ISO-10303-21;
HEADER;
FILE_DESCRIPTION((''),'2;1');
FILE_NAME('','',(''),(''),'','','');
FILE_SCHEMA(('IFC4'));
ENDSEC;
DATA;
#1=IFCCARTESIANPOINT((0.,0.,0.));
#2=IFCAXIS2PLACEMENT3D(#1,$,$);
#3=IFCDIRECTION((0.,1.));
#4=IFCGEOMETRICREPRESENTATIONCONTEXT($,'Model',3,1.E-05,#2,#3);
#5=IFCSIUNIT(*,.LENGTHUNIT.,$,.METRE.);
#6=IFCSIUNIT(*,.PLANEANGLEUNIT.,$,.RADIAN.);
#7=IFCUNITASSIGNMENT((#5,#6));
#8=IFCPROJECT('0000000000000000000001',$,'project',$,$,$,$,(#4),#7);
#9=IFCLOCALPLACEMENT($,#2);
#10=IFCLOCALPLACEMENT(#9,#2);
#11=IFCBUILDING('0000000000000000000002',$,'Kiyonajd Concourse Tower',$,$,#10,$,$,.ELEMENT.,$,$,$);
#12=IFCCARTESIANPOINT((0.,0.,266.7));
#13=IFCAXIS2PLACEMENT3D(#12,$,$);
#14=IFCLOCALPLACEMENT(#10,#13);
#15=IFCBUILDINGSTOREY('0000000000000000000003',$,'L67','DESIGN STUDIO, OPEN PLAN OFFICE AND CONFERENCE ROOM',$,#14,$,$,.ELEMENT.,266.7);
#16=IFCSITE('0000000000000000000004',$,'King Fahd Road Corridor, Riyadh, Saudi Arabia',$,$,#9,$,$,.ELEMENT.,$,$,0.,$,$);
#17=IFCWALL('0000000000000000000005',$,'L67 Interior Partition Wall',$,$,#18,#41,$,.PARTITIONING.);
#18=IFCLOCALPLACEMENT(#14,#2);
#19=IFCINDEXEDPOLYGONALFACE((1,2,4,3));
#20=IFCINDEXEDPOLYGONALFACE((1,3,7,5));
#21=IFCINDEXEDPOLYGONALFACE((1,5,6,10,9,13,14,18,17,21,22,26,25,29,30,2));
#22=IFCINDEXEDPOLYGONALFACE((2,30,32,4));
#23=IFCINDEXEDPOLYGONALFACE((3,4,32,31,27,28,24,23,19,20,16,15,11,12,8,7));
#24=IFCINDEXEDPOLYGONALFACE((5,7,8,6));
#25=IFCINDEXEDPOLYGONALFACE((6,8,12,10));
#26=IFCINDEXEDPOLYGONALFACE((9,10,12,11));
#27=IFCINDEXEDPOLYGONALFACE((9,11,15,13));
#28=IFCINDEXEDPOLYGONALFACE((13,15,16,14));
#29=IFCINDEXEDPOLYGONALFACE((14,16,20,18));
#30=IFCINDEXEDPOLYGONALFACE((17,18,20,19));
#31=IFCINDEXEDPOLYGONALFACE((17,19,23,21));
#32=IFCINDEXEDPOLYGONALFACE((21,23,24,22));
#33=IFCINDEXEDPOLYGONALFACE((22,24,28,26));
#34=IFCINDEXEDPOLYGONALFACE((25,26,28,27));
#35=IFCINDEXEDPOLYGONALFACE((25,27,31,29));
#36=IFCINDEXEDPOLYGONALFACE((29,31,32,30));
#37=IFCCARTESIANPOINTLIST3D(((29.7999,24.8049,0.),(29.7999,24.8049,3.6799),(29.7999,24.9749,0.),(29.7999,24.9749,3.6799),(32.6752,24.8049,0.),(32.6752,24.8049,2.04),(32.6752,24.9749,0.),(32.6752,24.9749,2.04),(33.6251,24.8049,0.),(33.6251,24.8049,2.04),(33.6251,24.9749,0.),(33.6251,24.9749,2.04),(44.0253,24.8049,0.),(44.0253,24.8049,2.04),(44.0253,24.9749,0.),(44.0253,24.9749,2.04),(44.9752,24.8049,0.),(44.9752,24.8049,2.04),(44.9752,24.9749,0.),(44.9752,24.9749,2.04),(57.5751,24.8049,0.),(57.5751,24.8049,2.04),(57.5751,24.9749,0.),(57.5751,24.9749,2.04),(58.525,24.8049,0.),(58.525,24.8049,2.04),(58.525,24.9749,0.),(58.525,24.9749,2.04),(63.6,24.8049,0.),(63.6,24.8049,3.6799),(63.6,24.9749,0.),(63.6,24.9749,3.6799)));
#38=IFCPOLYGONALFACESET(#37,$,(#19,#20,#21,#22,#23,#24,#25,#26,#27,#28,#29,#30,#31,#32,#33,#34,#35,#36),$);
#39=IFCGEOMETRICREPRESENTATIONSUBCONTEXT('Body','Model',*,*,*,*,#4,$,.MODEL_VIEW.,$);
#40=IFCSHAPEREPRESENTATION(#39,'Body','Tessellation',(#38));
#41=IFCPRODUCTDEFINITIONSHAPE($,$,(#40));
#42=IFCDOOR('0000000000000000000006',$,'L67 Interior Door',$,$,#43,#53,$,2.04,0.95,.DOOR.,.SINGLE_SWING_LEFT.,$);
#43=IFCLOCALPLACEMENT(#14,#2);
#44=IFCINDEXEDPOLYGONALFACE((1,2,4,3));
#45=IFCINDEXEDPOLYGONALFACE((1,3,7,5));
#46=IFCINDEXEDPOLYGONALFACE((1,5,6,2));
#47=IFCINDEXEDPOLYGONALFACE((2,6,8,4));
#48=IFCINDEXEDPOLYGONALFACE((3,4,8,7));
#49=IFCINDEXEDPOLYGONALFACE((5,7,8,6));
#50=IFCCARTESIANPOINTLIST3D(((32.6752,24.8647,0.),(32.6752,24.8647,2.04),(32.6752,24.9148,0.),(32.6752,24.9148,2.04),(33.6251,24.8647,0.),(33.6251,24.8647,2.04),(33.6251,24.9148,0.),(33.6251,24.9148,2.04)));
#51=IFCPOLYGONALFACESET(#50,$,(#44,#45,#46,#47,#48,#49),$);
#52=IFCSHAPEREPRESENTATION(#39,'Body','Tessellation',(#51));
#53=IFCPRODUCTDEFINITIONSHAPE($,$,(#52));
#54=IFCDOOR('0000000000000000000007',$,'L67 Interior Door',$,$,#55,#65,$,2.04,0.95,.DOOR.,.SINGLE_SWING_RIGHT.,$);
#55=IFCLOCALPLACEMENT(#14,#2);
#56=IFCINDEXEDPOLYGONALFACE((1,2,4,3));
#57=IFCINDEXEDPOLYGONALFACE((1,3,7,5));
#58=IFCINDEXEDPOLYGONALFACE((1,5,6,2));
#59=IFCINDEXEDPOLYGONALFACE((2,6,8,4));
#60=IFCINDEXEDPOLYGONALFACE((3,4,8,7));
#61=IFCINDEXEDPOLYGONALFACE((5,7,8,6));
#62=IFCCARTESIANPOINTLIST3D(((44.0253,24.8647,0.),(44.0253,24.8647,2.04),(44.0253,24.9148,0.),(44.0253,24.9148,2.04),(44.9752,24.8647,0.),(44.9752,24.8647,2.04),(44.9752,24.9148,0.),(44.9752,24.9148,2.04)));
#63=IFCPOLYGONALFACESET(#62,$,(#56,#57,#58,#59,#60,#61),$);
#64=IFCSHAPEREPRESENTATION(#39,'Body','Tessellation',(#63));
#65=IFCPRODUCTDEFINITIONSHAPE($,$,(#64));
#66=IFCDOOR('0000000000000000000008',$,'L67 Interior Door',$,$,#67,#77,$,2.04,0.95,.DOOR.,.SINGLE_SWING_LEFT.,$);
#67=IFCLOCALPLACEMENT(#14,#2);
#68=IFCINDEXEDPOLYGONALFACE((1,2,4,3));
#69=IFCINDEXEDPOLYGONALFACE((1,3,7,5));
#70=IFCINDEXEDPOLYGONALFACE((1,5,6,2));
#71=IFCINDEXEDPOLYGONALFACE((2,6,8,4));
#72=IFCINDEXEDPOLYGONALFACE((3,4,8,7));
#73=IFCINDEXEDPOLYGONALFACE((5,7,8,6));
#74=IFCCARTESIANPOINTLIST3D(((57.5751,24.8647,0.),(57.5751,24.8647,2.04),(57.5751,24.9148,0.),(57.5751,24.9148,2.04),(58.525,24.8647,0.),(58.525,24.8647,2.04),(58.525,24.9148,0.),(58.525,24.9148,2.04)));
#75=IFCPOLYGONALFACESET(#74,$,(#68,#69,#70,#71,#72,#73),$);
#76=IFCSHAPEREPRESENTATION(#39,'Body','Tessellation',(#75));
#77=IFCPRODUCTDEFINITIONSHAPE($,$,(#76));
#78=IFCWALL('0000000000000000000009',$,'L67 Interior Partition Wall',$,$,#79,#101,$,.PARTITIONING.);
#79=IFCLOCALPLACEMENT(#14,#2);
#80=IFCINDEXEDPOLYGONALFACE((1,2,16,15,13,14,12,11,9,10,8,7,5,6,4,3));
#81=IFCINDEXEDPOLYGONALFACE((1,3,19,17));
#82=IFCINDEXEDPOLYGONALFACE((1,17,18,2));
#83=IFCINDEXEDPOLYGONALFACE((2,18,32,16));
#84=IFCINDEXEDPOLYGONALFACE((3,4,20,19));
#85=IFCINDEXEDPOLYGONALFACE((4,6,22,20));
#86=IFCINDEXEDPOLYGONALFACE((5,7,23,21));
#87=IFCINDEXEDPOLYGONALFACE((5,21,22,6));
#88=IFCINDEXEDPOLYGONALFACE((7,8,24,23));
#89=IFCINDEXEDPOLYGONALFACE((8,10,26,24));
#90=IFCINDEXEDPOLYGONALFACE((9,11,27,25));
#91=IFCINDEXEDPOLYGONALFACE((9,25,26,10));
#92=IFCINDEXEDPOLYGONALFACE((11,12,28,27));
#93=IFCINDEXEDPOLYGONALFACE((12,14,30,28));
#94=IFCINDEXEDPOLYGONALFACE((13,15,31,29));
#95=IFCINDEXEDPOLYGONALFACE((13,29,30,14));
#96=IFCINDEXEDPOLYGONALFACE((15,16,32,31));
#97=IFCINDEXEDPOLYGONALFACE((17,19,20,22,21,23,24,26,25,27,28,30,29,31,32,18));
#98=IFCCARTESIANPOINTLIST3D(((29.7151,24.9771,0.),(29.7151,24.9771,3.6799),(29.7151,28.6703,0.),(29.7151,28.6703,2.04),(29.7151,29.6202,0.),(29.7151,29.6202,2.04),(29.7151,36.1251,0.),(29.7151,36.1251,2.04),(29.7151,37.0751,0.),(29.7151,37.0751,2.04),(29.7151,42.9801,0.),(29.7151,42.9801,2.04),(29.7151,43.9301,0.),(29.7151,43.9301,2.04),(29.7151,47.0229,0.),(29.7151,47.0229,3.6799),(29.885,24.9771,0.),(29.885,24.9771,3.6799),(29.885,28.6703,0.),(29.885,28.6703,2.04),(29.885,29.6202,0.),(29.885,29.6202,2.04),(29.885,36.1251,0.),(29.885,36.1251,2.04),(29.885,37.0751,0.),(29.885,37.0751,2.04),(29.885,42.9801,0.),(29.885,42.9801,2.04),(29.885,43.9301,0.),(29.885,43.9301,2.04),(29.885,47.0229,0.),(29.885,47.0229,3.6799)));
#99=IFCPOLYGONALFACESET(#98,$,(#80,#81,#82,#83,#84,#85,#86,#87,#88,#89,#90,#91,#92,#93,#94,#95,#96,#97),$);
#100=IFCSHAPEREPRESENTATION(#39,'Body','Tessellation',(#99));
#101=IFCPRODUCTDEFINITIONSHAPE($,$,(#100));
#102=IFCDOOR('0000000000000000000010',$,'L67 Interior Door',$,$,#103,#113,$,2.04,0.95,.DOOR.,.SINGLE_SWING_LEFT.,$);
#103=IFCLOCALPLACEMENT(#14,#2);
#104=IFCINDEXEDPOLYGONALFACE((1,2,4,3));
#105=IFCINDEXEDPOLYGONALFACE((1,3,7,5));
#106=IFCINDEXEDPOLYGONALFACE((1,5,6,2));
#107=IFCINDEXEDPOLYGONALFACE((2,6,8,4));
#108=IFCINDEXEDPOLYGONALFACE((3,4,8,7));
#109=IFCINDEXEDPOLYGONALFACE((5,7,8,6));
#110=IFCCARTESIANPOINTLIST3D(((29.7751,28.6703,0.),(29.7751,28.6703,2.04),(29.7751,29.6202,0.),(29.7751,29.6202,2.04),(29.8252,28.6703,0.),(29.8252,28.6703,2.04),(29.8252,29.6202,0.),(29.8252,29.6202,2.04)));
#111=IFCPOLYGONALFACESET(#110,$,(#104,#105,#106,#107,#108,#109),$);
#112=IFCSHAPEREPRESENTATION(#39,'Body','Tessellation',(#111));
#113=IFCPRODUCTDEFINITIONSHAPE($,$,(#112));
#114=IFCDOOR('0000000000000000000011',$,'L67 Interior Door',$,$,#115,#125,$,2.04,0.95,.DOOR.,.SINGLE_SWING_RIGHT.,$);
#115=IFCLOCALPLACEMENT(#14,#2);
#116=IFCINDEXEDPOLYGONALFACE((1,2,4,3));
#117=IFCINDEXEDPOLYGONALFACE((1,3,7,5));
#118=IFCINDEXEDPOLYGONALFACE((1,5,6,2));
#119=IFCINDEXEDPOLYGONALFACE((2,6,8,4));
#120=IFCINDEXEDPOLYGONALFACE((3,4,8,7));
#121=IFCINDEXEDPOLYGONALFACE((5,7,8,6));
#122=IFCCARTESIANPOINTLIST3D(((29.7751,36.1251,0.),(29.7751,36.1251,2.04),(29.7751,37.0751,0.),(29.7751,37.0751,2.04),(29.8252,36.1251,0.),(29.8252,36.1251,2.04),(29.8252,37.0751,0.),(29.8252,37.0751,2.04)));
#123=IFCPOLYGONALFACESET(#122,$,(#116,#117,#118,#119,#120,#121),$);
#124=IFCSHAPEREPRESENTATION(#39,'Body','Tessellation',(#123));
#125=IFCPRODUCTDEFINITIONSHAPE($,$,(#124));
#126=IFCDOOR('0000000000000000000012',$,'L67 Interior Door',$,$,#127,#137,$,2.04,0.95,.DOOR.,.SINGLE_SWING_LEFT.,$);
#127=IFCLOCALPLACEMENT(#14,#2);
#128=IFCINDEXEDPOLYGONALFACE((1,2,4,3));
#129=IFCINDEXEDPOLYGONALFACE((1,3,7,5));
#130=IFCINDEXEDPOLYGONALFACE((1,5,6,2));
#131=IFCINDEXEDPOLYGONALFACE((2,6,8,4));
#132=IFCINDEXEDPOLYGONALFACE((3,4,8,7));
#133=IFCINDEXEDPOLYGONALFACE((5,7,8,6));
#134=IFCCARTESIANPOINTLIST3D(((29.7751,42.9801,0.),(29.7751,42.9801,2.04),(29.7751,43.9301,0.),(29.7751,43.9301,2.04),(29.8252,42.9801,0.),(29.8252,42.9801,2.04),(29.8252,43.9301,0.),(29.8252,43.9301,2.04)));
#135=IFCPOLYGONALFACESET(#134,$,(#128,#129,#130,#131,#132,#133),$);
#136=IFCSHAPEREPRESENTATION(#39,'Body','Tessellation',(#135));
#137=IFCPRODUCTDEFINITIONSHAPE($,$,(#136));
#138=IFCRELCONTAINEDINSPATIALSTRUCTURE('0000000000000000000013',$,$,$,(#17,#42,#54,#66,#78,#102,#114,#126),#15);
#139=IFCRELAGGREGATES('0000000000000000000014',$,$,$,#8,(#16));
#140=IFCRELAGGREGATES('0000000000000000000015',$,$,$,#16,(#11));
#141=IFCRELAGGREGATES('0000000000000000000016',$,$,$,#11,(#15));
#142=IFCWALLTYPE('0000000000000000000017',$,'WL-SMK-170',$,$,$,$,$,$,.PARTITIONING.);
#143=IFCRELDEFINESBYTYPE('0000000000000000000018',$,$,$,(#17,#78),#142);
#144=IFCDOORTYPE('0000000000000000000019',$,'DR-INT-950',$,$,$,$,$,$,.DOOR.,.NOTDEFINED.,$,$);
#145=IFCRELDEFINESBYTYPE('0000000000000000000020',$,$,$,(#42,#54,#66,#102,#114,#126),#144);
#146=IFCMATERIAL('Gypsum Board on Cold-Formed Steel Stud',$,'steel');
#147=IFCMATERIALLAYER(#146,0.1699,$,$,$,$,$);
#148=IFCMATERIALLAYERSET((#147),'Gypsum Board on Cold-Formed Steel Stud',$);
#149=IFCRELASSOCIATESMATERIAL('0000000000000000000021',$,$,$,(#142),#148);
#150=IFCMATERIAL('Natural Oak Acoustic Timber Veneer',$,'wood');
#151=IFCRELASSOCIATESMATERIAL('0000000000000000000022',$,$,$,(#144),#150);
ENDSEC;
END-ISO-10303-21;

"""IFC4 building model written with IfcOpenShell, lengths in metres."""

from ifc_helpers import new_model, si_unit, direction, frame, frame_2d, origin, place, context, subcontext, project, spatial, rectangle, extrude, material, layer, layer_set, type_object, element, fill, save


model = new_model("IFC4")

# Units and contexts
model_context = context("Model", 3, precision=1e-05, world=origin(), true_north=direction((0.0, 1.0)))
body_context = subcontext(model_context, "Body", "Model", "MODEL_VIEW")
ifc_project = project(units=[si_unit("LENGTHUNIT", "METRE"), si_unit("PLANEANGLEUNIT", "RADIAN")], contexts=[model_context])

# Site, building, storey
site_placement = place(None, origin())
site = spatial("IfcSite", under=ifc_project, at=site_placement, Name="King Fahd Road Corridor, Riyadh, Saudi Arabia", CompositionType="ELEMENT", RefElevation=0.0)
building_placement = place(site_placement, origin())
building = spatial("IfcBuilding", under=site, at=building_placement, Name="Kiyonajd Concourse Tower", CompositionType="ELEMENT")
storey_placement = place(building_placement, frame((0.0, 0.0, 266.7)))
storey = spatial("IfcBuildingStorey", under=building, at=storey_placement, Name="L67", Description="DESIGN STUDIO, OPEN PLAN OFFICE AND CONFERENCE ROOM", CompositionType="ELEMENT", Elevation=266.7)

# Shared definitions
ifc_material_1 = material(Name="Gypsum Board on Cold-Formed Steel Stud", Category="steel")

# Walls, openings, doors
ifc_layer_1 = layer(ifc_material_1, 0.1699)
ifc_layer_set_1 = layer_set([ifc_layer_1], Name="Gypsum Board on Cold-Formed Steel Stud")
wall_type_1 = type_object("IfcWallType", Name="WL-SMK-170", PredefinedType="PARTITIONING", material=ifc_layer_set_1)
wall_1_placement = place(storey_placement, frame((29.8, 24.8899, 0.0), z_axis=(0.0, 0.0, 1.0), x_axis=(1.0, 0.0, 0.0)))
wall_1 = element("IfcWall", 1, at=wall_1_placement, inside=storey, type_object=wall_type_1, Name="L67 Interior Partition Wall", PredefinedType="PARTITIONING", context=body_context, shape_type="SweptSolid", body=[
    extrude(rectangle(XDim=33.8, YDim=0.1699, at=frame_2d((16.8999, 0.0))), origin(), (0.0, 0.0, 1.0), 3.6799),
])
opening_1_placement = place(wall_1_placement, frame((2.875, 0.0, 0.0)))
opening_1 = element("IfcOpeningElement", 2, at=opening_1_placement, cuts=wall_1, PredefinedType="OPENING", context=body_context, shape_type="SweptSolid", body=[
    extrude(rectangle(XDim=0.95, YDim=2.04, at=frame_2d((0.4751, 1.02))), frame((0.0, 0.095, 0.0), z_axis=(0.0, -1.0, 0.0), x_axis=(1.0, 0.0, 0.0)), (0.0, 0.0, 1.0), 0.1899),
])
opening_2_placement = place(wall_1_placement, frame((14.2251, 0.0, 0.0)))
opening_2 = element("IfcOpeningElement", 3, at=opening_2_placement, cuts=wall_1, PredefinedType="OPENING", context=body_context, shape_type="SweptSolid", body=[
    extrude(rectangle(XDim=0.95, YDim=2.04, at=frame_2d((0.4751, 1.02))), frame((0.0, 0.095, 0.0), z_axis=(0.0, -1.0, 0.0), x_axis=(1.0, 0.0, 0.0)), (0.0, 0.0, 1.0), 0.1899),
])
opening_3_placement = place(wall_1_placement, frame((27.7749, 0.0, 0.0)))
opening_3 = element("IfcOpeningElement", 4, at=opening_3_placement, cuts=wall_1, PredefinedType="OPENING", context=body_context, shape_type="SweptSolid", body=[
    extrude(rectangle(XDim=0.95, YDim=2.04, at=frame_2d((0.4751, 1.02))), frame((0.0, 0.095, 0.0), z_axis=(0.0, -1.0, 0.0), x_axis=(1.0, 0.0, 0.0)), (0.0, 0.0, 1.0), 0.1899),
])
ifc_material_2 = material(Name="Natural Oak Acoustic Timber Veneer", Category="wood")
door_type_1 = type_object("IfcDoorType", Name="DR-INT-950", OperationType="NOTDEFINED", PredefinedType="DOOR", material=ifc_material_2)
door_1_placement = place(opening_1_placement, origin())
door_1 = element("IfcDoor", 5, at=door_1_placement, inside=storey, type_object=door_type_1, Name="L67 Interior Door", OperationType="SINGLE_SWING_LEFT", OverallHeight=2.04, OverallWidth=0.95, PredefinedType="DOOR", context=body_context, shape_type="SweptSolid", body=[
    extrude(rectangle(XDim=0.95, YDim=2.04, at=frame_2d((0.4751, 1.02))), frame((0.0, 0.0249, 0.0), z_axis=(0.0, -1.0, 0.0), x_axis=(1.0, 0.0, 0.0)), (0.0, 0.0, 1.0), 0.05),
])
fill(opening_1, door_1)
door_2_placement = place(opening_2_placement, origin())
door_2 = element("IfcDoor", 6, at=door_2_placement, inside=storey, type_object=door_type_1, Name="L67 Interior Door", OperationType="SINGLE_SWING_RIGHT", OverallHeight=2.04, OverallWidth=0.95, PredefinedType="DOOR", context=body_context, shape_type="SweptSolid", body=[
    extrude(rectangle(XDim=0.95, YDim=2.04, at=frame_2d((0.4751, 1.02))), frame((0.0, 0.0249, 0.0), z_axis=(0.0, -1.0, 0.0), x_axis=(1.0, 0.0, 0.0)), (0.0, 0.0, 1.0), 0.05),
])
fill(opening_2, door_2)
door_3_placement = place(opening_3_placement, origin())
door_3 = element("IfcDoor", 7, at=door_3_placement, inside=storey, type_object=door_type_1, Name="L67 Interior Door", OperationType="SINGLE_SWING_LEFT", OverallHeight=2.04, OverallWidth=0.95, PredefinedType="DOOR", context=body_context, shape_type="SweptSolid", body=[
    extrude(rectangle(XDim=0.95, YDim=2.04, at=frame_2d((0.4751, 1.02))), frame((0.0, 0.0249, 0.0), z_axis=(0.0, -1.0, 0.0), x_axis=(1.0, 0.0, 0.0)), (0.0, 0.0, 1.0), 0.05),
])
fill(opening_3, door_3)
wall_2_placement = place(storey_placement, frame((29.8, 24.9771, 0.0), z_axis=(0.0, 0.0, 1.0), x_axis=(0.0, 1.0, 0.0)))
wall_2 = element("IfcWall", 8, at=wall_2_placement, inside=storey, type_object=wall_type_1, Name="L67 Interior Partition Wall", PredefinedType="PARTITIONING", context=body_context, shape_type="SweptSolid", body=[
    extrude(rectangle(XDim=22.0459, YDim=0.1699, at=frame_2d((11.0229, 0.0))), origin(), (0.0, 0.0, 1.0), 3.6799),
])
opening_4_placement = place(wall_2_placement, frame((3.6931, 0.0, 0.0)))
opening_4 = element("IfcOpeningElement", 9, at=opening_4_placement, cuts=wall_2, PredefinedType="OPENING", context=body_context, shape_type="SweptSolid", body=[
    extrude(rectangle(XDim=0.95, YDim=2.04, at=frame_2d((0.4751, 1.02))), frame((0.0, 0.095, 0.0), z_axis=(0.0, -1.0, 0.0), x_axis=(1.0, 0.0, 0.0)), (0.0, 0.0, 1.0), 0.1899),
])
opening_5_placement = place(wall_2_placement, frame((11.1479, 0.0, 0.0)))
opening_5 = element("IfcOpeningElement", 10, at=opening_5_placement, cuts=wall_2, PredefinedType="OPENING", context=body_context, shape_type="SweptSolid", body=[
    extrude(rectangle(XDim=0.95, YDim=2.04, at=frame_2d((0.4751, 1.02))), frame((0.0, 0.095, 0.0), z_axis=(0.0, -1.0, 0.0), x_axis=(1.0, 0.0, 0.0)), (0.0, 0.0, 1.0), 0.1899),
])
opening_6_placement = place(wall_2_placement, frame((18.0029, 0.0, 0.0)))
opening_6 = element("IfcOpeningElement", 11, at=opening_6_placement, cuts=wall_2, PredefinedType="OPENING", context=body_context, shape_type="SweptSolid", body=[
    extrude(rectangle(XDim=0.95, YDim=2.04, at=frame_2d((0.4751, 1.02))), frame((0.0, 0.095, 0.0), z_axis=(0.0, -1.0, 0.0), x_axis=(1.0, 0.0, 0.0)), (0.0, 0.0, 1.0), 0.1899),
])
door_4_placement = place(opening_4_placement, origin())
door_4 = element("IfcDoor", 12, at=door_4_placement, inside=storey, type_object=door_type_1, Name="L67 Interior Door", OperationType="SINGLE_SWING_LEFT", OverallHeight=2.04, OverallWidth=0.95, PredefinedType="DOOR", context=body_context, shape_type="SweptSolid", body=[
    extrude(rectangle(XDim=0.95, YDim=2.04, at=frame_2d((0.4751, 1.02))), frame((0.0, 0.0249, 0.0), z_axis=(0.0, -1.0, 0.0), x_axis=(1.0, 0.0, 0.0)), (0.0, 0.0, 1.0), 0.05),
])
fill(opening_4, door_4)
door_5_placement = place(opening_5_placement, origin())
door_5 = element("IfcDoor", 13, at=door_5_placement, inside=storey, type_object=door_type_1, Name="L67 Interior Door", OperationType="SINGLE_SWING_RIGHT", OverallHeight=2.04, OverallWidth=0.95, PredefinedType="DOOR", context=body_context, shape_type="SweptSolid", body=[
    extrude(rectangle(XDim=0.95, YDim=2.04, at=frame_2d((0.4751, 1.02))), frame((0.0, 0.0249, 0.0), z_axis=(0.0, -1.0, 0.0), x_axis=(1.0, 0.0, 0.0)), (0.0, 0.0, 1.0), 0.05),
])
fill(opening_5, door_5)
door_6_placement = place(opening_6_placement, origin())
door_6 = element("IfcDoor", 14, at=door_6_placement, inside=storey, type_object=door_type_1, Name="L67 Interior Door", OperationType="SINGLE_SWING_LEFT", OverallHeight=2.04, OverallWidth=0.95, PredefinedType="DOOR", context=body_context, shape_type="SweptSolid", body=[
    extrude(rectangle(XDim=0.95, YDim=2.04, at=frame_2d((0.4751, 1.02))), frame((0.0, 0.0249, 0.0), z_axis=(0.0, -1.0, 0.0), x_axis=(1.0, 0.0, 0.0)), (0.0, 0.0, 1.0), 0.05),
])
fill(opening_6, door_6)

save(model, "model.ifc")
